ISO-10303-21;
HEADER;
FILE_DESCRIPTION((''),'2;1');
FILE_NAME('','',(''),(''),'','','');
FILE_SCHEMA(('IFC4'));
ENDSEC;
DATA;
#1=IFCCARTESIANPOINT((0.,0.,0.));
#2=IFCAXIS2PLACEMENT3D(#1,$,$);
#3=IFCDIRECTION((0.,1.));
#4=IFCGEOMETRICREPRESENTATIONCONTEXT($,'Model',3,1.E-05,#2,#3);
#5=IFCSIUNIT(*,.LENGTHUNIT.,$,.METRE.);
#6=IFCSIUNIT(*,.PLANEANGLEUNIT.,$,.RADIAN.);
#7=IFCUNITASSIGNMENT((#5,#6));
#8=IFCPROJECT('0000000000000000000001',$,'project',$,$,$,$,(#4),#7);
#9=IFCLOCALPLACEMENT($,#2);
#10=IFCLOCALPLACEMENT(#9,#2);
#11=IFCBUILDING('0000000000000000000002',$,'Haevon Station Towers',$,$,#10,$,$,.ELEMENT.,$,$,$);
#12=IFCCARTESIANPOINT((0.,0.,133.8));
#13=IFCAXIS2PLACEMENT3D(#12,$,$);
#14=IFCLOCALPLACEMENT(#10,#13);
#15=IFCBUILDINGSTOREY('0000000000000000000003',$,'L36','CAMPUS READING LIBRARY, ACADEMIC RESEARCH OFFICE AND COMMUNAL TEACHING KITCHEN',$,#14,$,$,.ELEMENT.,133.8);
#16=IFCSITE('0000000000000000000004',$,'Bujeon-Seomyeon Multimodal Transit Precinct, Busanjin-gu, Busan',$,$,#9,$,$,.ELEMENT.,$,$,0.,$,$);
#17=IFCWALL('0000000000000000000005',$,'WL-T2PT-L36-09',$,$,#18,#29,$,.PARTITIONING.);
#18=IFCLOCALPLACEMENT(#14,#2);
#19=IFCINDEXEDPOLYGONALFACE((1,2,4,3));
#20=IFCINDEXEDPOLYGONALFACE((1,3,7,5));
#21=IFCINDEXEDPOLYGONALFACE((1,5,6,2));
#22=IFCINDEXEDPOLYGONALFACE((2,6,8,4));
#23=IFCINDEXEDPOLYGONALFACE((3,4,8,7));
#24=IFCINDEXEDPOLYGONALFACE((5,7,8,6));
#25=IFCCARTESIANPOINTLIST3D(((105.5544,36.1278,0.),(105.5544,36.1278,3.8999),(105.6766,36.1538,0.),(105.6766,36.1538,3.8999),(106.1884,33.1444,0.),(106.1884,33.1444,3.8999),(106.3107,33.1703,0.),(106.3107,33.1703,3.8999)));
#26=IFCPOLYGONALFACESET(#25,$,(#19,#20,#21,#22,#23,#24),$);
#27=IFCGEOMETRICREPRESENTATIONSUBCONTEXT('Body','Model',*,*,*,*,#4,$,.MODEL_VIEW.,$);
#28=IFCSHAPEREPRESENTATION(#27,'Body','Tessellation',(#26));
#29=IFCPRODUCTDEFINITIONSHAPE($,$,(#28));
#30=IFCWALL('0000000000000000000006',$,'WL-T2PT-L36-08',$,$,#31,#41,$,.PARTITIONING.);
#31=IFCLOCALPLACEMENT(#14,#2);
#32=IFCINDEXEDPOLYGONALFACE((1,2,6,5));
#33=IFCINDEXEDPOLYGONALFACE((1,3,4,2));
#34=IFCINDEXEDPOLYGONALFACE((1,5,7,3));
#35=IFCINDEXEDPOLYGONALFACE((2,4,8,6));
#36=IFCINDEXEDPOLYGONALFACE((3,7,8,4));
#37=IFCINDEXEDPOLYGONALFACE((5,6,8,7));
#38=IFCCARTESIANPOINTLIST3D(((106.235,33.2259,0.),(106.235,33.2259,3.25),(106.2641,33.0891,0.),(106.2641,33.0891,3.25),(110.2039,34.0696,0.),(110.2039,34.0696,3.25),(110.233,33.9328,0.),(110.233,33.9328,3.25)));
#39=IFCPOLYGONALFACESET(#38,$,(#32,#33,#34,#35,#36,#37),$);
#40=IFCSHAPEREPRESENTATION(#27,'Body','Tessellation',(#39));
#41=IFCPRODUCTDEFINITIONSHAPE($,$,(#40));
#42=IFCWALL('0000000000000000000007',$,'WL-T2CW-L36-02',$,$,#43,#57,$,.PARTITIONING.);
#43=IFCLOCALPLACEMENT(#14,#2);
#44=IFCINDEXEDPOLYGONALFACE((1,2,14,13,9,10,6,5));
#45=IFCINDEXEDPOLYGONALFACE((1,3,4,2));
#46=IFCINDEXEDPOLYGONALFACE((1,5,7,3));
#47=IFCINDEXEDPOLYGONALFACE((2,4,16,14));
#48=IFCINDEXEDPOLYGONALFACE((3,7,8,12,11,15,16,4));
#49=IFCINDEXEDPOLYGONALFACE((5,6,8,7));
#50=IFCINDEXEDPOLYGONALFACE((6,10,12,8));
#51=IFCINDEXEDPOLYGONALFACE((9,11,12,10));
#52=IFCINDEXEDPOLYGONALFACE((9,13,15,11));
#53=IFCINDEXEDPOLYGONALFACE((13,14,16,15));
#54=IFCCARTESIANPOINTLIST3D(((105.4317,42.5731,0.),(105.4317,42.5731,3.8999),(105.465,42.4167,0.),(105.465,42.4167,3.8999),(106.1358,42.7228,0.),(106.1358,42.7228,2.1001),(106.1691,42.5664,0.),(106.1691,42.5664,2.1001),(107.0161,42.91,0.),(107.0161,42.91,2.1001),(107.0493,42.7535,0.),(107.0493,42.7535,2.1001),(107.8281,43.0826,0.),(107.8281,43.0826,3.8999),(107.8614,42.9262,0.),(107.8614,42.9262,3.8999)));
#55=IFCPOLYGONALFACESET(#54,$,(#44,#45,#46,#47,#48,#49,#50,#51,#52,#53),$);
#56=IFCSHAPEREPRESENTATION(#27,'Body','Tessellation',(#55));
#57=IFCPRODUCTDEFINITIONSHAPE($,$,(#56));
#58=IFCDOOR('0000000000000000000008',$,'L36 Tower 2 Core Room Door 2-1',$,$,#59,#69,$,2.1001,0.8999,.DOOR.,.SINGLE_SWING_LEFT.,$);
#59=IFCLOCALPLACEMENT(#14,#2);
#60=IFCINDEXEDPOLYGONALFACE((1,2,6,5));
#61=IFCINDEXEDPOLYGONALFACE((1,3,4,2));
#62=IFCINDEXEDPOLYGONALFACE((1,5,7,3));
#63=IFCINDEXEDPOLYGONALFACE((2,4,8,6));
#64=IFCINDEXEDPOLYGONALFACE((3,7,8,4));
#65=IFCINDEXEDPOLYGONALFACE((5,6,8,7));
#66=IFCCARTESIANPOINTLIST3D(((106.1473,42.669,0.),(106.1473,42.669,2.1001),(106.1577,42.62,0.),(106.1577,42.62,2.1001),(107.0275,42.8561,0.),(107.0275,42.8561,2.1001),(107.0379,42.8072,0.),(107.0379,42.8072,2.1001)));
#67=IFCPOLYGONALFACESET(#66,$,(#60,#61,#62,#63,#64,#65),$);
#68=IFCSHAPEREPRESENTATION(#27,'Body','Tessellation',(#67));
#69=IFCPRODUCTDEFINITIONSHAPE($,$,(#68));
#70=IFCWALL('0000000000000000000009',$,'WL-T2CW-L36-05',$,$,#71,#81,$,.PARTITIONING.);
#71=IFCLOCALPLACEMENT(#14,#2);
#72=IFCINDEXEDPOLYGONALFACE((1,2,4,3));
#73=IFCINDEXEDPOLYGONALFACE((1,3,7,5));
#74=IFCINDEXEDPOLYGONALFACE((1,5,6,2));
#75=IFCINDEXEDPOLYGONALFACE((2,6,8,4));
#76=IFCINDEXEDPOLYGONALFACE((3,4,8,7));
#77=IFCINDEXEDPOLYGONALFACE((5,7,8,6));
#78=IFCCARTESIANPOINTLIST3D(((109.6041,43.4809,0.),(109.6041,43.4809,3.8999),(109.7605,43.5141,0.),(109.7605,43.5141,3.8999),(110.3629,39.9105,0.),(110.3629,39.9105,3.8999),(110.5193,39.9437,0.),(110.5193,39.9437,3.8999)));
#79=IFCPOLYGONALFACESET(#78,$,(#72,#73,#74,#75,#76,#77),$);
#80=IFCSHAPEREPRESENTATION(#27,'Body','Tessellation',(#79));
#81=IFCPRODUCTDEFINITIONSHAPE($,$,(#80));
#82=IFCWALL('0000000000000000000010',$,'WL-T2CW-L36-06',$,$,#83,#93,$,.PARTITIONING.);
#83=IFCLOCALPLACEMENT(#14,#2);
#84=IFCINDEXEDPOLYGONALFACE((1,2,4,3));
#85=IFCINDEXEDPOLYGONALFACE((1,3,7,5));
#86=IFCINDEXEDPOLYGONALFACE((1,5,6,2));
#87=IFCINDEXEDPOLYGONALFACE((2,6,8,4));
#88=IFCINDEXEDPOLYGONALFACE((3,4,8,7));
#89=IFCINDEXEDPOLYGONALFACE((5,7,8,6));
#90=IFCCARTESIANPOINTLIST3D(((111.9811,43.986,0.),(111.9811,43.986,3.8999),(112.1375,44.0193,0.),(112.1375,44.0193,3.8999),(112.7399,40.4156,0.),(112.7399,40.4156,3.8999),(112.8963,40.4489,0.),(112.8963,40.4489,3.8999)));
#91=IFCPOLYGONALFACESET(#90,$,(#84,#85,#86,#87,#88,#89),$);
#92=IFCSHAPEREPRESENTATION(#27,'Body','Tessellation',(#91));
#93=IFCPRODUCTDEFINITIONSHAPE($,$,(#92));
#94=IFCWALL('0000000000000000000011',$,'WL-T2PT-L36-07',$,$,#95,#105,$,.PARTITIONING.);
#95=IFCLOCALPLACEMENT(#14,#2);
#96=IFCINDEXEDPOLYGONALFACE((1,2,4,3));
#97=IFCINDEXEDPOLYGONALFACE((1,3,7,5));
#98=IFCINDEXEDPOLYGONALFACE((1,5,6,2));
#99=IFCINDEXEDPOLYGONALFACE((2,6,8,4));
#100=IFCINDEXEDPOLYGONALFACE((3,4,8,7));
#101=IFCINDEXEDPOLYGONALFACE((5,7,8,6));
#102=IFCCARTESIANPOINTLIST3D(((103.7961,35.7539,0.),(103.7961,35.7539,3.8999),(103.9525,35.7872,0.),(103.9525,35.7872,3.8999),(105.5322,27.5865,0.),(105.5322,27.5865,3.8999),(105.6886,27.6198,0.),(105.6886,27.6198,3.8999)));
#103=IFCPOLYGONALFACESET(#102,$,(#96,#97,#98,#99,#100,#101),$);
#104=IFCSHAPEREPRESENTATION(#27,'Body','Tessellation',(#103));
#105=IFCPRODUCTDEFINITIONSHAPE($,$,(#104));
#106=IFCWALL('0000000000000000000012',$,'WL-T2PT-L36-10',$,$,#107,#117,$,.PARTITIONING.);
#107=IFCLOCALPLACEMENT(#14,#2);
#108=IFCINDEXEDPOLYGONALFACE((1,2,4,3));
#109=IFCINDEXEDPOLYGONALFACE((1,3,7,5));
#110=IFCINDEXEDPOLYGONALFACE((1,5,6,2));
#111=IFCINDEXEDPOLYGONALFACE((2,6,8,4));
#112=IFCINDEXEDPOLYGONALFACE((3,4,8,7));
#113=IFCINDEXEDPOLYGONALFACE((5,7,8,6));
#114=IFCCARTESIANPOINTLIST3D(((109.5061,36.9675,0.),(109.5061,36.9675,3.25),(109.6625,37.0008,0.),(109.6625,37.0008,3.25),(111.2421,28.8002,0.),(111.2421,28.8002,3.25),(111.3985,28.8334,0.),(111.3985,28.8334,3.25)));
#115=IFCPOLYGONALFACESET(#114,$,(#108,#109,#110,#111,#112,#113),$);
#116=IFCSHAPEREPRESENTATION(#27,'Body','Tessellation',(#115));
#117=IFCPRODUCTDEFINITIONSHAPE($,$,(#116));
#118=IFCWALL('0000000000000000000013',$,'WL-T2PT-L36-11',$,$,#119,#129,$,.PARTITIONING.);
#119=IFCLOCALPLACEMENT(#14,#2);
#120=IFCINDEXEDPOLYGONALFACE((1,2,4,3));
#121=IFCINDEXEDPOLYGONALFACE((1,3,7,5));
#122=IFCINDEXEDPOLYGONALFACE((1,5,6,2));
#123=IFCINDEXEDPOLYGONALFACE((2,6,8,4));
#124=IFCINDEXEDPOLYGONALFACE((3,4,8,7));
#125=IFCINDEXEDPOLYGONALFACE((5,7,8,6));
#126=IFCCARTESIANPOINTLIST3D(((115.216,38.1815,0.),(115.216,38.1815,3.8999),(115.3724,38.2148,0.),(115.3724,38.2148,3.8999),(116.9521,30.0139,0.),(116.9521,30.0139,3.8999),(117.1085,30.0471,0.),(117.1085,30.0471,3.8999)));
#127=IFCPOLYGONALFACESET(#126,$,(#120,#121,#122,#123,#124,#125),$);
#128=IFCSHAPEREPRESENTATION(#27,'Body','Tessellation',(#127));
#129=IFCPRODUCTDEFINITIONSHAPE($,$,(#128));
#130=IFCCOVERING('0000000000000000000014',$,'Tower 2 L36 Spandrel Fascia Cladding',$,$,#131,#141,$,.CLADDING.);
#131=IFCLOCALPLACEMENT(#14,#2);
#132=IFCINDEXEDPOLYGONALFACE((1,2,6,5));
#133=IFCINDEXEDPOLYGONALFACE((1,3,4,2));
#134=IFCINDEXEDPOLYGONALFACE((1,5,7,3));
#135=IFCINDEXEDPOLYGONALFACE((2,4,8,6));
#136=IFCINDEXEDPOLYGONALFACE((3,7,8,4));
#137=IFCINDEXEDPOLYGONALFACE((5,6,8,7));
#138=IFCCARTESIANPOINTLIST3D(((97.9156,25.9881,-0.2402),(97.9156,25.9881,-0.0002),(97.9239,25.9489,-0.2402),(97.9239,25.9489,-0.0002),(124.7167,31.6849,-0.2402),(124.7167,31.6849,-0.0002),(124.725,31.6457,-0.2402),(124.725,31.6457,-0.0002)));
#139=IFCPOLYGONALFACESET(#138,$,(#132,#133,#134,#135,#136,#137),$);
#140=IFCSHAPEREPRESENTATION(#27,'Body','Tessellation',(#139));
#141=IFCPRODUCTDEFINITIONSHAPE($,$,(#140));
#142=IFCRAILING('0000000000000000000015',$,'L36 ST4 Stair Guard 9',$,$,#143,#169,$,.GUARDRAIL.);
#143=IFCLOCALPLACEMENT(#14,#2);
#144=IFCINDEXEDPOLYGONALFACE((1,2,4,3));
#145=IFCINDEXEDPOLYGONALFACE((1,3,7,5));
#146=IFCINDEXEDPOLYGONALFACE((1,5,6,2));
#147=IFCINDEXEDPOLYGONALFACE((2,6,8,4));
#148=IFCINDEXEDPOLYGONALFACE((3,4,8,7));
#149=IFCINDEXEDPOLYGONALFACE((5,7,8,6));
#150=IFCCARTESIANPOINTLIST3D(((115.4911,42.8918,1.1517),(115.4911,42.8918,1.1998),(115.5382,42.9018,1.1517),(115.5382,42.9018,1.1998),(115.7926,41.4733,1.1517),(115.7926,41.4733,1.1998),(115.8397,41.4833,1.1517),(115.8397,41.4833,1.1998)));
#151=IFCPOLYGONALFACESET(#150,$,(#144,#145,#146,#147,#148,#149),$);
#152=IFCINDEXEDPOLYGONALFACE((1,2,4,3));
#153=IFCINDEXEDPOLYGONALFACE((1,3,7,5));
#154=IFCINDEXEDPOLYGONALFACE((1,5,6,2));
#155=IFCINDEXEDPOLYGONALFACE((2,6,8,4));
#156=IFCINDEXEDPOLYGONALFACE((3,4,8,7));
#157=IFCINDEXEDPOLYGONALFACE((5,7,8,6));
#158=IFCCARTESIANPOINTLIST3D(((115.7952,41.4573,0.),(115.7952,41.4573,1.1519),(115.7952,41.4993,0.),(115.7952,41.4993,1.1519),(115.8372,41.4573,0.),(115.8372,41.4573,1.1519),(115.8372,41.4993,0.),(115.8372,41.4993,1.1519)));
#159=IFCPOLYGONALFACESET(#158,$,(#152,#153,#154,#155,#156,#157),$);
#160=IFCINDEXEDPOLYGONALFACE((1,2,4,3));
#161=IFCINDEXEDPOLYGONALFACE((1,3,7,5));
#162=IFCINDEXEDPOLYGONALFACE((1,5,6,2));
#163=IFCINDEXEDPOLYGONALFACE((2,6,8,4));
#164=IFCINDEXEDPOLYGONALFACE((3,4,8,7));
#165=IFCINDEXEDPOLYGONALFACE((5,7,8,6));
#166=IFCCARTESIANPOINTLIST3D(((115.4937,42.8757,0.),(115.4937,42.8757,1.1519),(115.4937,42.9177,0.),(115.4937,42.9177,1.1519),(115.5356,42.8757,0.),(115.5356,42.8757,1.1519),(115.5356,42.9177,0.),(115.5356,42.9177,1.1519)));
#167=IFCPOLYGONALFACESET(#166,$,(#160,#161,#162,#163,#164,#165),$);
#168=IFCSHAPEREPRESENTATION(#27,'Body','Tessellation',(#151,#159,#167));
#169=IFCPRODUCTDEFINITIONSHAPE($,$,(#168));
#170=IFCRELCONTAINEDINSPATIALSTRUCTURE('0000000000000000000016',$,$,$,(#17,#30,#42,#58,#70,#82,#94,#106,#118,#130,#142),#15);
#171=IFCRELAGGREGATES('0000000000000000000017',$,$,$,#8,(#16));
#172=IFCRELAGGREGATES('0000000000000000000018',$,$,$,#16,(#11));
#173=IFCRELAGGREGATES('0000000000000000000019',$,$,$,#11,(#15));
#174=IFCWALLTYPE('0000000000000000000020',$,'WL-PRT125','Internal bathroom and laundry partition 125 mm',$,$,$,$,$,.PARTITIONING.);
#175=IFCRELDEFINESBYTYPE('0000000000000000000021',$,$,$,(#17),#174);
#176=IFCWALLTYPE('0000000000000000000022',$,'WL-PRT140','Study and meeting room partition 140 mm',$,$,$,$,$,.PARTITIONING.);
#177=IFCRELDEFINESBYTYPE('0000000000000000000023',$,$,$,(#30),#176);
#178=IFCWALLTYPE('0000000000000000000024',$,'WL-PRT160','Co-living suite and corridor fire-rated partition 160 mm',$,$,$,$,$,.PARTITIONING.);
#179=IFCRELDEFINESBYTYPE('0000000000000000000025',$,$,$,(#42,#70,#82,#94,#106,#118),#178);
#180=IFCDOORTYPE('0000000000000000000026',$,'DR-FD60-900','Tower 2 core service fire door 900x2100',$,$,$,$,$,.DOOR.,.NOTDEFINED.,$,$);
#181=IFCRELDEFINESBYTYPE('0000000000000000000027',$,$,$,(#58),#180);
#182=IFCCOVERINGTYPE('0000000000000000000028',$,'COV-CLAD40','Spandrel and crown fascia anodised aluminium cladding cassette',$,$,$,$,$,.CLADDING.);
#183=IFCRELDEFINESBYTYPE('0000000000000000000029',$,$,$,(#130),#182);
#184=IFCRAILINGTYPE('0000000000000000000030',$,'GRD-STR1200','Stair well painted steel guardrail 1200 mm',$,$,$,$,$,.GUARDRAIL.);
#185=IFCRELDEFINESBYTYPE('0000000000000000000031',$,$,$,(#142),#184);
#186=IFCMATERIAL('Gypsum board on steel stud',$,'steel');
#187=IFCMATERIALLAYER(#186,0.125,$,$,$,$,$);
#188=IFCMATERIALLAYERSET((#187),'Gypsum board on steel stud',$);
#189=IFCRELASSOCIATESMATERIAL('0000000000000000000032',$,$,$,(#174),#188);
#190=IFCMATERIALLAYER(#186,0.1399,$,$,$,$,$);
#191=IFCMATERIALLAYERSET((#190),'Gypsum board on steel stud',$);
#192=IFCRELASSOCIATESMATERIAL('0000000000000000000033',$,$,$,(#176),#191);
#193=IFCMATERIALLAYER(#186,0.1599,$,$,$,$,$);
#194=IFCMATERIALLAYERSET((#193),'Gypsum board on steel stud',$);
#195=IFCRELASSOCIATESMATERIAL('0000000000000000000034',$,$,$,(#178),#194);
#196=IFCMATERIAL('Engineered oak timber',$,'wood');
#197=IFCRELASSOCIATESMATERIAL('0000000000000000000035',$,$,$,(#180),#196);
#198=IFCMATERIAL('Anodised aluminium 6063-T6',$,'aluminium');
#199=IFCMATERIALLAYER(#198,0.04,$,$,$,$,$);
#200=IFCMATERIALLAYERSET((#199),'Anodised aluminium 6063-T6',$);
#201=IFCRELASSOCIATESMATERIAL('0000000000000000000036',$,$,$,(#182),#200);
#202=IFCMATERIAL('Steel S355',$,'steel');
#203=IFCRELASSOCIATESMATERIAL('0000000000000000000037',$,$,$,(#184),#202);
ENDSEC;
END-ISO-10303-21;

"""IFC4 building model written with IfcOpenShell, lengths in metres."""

from ifc_helpers import new_model, si_unit, direction, frame, frame_2d, origin, origin_2d, place, context, subcontext, project, spatial, rectangle, extrude, material, layer, layer_set, type_object, element, fill, save


model = new_model("IFC4")

# Units and contexts
model_context = context("Model", 3, precision=1e-05, world=origin(), true_north=direction((0.0, 1.0)))
body_context = subcontext(model_context, "Body", "Model", "MODEL_VIEW")
ifc_project = project(units=[si_unit("LENGTHUNIT", "METRE"), si_unit("PLANEANGLEUNIT", "RADIAN")], contexts=[model_context])

# Site, building, storey
site_placement = place(None, origin())
site = spatial("IfcSite", under=ifc_project, at=site_placement, Name="Bujeon-Seomyeon Multimodal Transit Precinct, Busanjin-gu, Busan", CompositionType="ELEMENT", RefElevation=0.0)
building_placement = place(site_placement, origin())
building = spatial("IfcBuilding", under=site, at=building_placement, Name="Haevon Station Towers", CompositionType="ELEMENT")
storey_placement = place(building_placement, frame((0.0, 0.0, 133.8)))
storey = spatial("IfcBuildingStorey", under=building, at=storey_placement, Name="L36", Description="CAMPUS READING LIBRARY, ACADEMIC RESEARCH OFFICE AND COMMUNAL TEACHING KITCHEN", CompositionType="ELEMENT", Elevation=133.8)

# Shared definitions
ifc_material_1 = material(Name="Steel S355", Category="steel")

# Shared definitions
ifc_material_2 = material(Name="Gypsum board on steel stud", Category="steel")
ifc_material_3 = material(Name="Engineered oak timber", Category="wood")

# Walls
ifc_layer_1 = layer(ifc_material_2, 0.125)
ifc_layer_set_1 = layer_set([ifc_layer_1], Name="Gypsum board on steel stud")
wall_type_1 = type_object("IfcWallType", Name="WL-PRT125", Description="Internal bathroom and laundry partition 125 mm", PredefinedType="PARTITIONING", material=ifc_layer_set_1)
wall_1_placement = place(storey_placement, frame((106.2495, 33.1575, 0.0), z_axis=(0.0, 0.0, 1.0), x_axis=(-0.207878, 0.978155, 0.0)))
element("IfcWall", 1, at=wall_1_placement, inside=storey, type_object=wall_type_1, Name="WL-T2PT-L36-09", PredefinedType="PARTITIONING", context=body_context, shape_type="SweptSolid", body=[
    extrude(rectangle(XDim=3.05, YDim=0.125, at=frame_2d((1.5249, 0.0))), origin(), (0.0, 0.0, 1.0), 3.8999),
])
ifc_layer_2 = layer(ifc_material_2, 0.1399)
ifc_layer_set_2 = layer_set([ifc_layer_2], Name="Gypsum board on steel stud")
wall_type_2 = type_object("IfcWallType", Name="WL-PRT140", Description="Study and meeting room partition 140 mm", PredefinedType="PARTITIONING", material=ifc_layer_set_2)
wall_2_placement = place(storey_placement, frame((106.2495, 33.1575, 0.0), z_axis=(0.0, 0.0, 1.0), x_axis=(0.978142, 0.207939, 0.0)))
element("IfcWall", 2, at=wall_2_placement, inside=storey, type_object=wall_type_2, Name="WL-T2PT-L36-08", PredefinedType="PARTITIONING", context=body_context, shape_type="SweptSolid", body=[
    extrude(rectangle(XDim=4.0576, YDim=0.1399, at=frame_2d((2.0288, 0.0))), origin(), (0.0, 0.0, 1.0), 3.25),
])

# Wall, opening, door
ifc_layer_3 = layer(ifc_material_2, 0.1599)
ifc_layer_set_3 = layer_set([ifc_layer_3], Name="Gypsum board on steel stud")
wall_type_3 = type_object("IfcWallType", Name="WL-PRT160", Description="Co-living suite and corridor fire-rated partition 160 mm", PredefinedType="PARTITIONING", material=ifc_layer_set_3)
wall_3_placement = place(storey_placement, frame((105.4482, 42.4949, 0.0), z_axis=(0.0, 0.0, 1.0), x_axis=(0.978137, 0.207964, 0.0)))
wall_3 = element("IfcWall", 3, at=wall_3_placement, inside=storey, type_object=wall_type_3, Name="WL-T2CW-L36-02", PredefinedType="PARTITIONING", context=body_context, shape_type="SweptSolid", body=[
    extrude(rectangle(XDim=2.45, YDim=0.1599, at=frame_2d((1.2251, 0.0))), origin(), (0.0, 0.0, 1.0), 3.8999),
])
opening_1_placement = place(wall_3_placement, frame((0.72, 0.0, 0.0)))
opening_1 = element("IfcOpeningElement", 4, at=opening_1_placement, cuts=wall_3, PredefinedType="OPENING", context=body_context, shape_type="SweptSolid", body=[
    extrude(rectangle(XDim=0.8999, YDim=2.1001, at=frame_2d((0.45, 1.05))), frame((0.0, 0.0898, 0.0), z_axis=(0.0, -1.0, 0.0), x_axis=(1.0, 0.0, 0.0)), (0.0, 0.0, 1.0), 0.1799),
])
door_type_1 = type_object("IfcDoorType", Name="DR-FD60-900", Description="Tower 2 core service fire door 900x2100", OperationType="NOTDEFINED", PredefinedType="DOOR", material=ifc_material_3)
door_1_placement = place(opening_1_placement, origin())
door_1 = element("IfcDoor", 5, at=door_1_placement, inside=storey, type_object=door_type_1, Name="L36 Tower 2 Core Room Door 2-1", OperationType="SINGLE_SWING_LEFT", OverallHeight=2.1001, OverallWidth=0.8999, PredefinedType="DOOR", context=body_context, shape_type="SweptSolid", body=[
    extrude(rectangle(XDim=0.8999, YDim=2.1001, at=frame_2d((0.45, 1.05))), frame((0.0, 0.0249, 0.0), z_axis=(0.0, -1.0, 0.0), x_axis=(1.0, 0.0, 0.0)), (0.0, 0.0, 1.0), 0.05),
])
fill(opening_1, door_1)

# Walls
for number, where, z_axis, x_axis, name in (
    (6, (110.4412, 39.927, 0.0), (0.0, 0.0, 1.0), (-0.207884, 0.978153, 0.0), "WL-T2CW-L36-05"),
    (7, (112.8181, 40.4321, 0.0), (0.0, 0.0, 1.0), (-0.207884, 0.978153, 0.0), "WL-T2CW-L36-06"),
):
    element("IfcWall", number, at=place(storey_placement, frame(where, z_axis=z_axis, x_axis=x_axis)), inside=storey, type_object=wall_type_3, Name=name, PredefinedType="PARTITIONING", context=body_context, shape_type="SweptSolid", body=[
        extrude(rectangle(XDim=3.6501, YDim=0.1599, at=frame_2d((1.8252, 0.0))), origin(), (0.0, 0.0, 1.0), 3.8999),
    ])
wall_4_placement = place(storey_placement, frame((105.6104, 27.6033, 0.0), z_axis=(0.0, 0.0, 1.0), x_axis=(-0.207915, 0.978147, 0.0)))
element("IfcWall", 8, at=wall_4_placement, inside=storey, type_object=wall_type_3, Name="WL-T2PT-L36-07", PredefinedType="PARTITIONING", context=body_context, shape_type="SweptSolid", body=[
    extrude(rectangle(XDim=8.3499, YDim=0.1599, at=frame_2d((4.1748, 0.0))), origin(), (0.0, 0.0, 1.0), 3.8999),
])
wall_5_placement = place(storey_placement, frame((111.3203, 28.8169, 0.0), z_axis=(0.0, 0.0, 1.0), x_axis=(-0.207915, 0.978147, 0.0)))
element("IfcWall", 9, at=wall_5_placement, inside=storey, type_object=wall_type_3, Name="WL-T2PT-L36-10", PredefinedType="PARTITIONING", context=body_context, shape_type="SweptSolid", body=[
    extrude(rectangle(XDim=8.3499, YDim=0.1599, at=frame_2d((4.1748, 0.0))), origin(), (0.0, 0.0, 1.0), 3.25),
])
wall_6_placement = place(storey_placement, frame((117.0303, 30.0305, 0.0), z_axis=(0.0, 0.0, 1.0), x_axis=(-0.207909, 0.978148, 0.0)))
element("IfcWall", 10, at=wall_6_placement, inside=storey, type_object=wall_type_3, Name="WL-T2PT-L36-11", PredefinedType="PARTITIONING", context=body_context, shape_type="SweptSolid", body=[
    extrude(rectangle(XDim=8.3501, YDim=0.1599, at=frame_2d((4.175, 0.0))), origin(), (0.0, 0.0, 1.0), 3.8999),
])

# Covering
ifc_material_4 = material(Name="Anodised aluminium 6063-T6", Category="aluminium")
ifc_layer_4 = layer(ifc_material_4, 0.04)
ifc_layer_set_4 = layer_set([ifc_layer_4], Name="Anodised aluminium 6063-T6")
covering_type_1 = type_object("IfcCoveringType", Name="COV-CLAD40", Description="Spandrel and crown fascia anodised aluminium cladding cassette", PredefinedType="CLADDING", material=ifc_layer_set_4)
covering_1_placement = place(storey_placement, frame((111.3203, 28.8169, -0.2402), z_axis=(0.0, 0.0, 1.0), x_axis=(0.978148, 0.207912, 0.0)))
element("IfcCovering", 11, at=covering_1_placement, inside=storey, type_object=covering_type_1, Name="Tower 2 L36 Spandrel Fascia Cladding", PredefinedType="CLADDING", context=body_context, shape_type="SweptSolid", body=[
    extrude(rectangle(XDim=27.3999, YDim=0.04, at=origin_2d()), origin(), (0.0, 0.0, 1.0), 0.24),
])

# Railing
railing_type = type_object("IfcRailingType", Name="GRD-STR1200", Description="Stair well painted steel guardrail 1200 mm", PredefinedType="GUARDRAIL", material=ifc_material_1)
railing_1_placement = place(storey_placement, frame((115.8162, 41.4783, 0.0)))
element("IfcRailing", 12, at=railing_1_placement, inside=storey, type_object=railing_type, Name="L36 ST4 Stair Guard 9", PredefinedType="GUARDRAIL", context=body_context, shape_type="SweptSolid", body=[
    extrude(rectangle(XDim=0.0481, YDim=0.0481, at=origin_2d()), frame((0.0, 0.0, 1.1758), z_axis=(-0.207919, 0.978146, 0.0), x_axis=(-0.978146, -0.207919, 0.0)), (0.0, 0.0, 1.0), 1.4502),
    extrude(rectangle(XDim=0.042, YDim=0.042, at=origin_2d()), origin(), (0.0, 0.0, 1.0), 1.1519),
    extrude(rectangle(XDim=0.042, YDim=0.042, at=origin_2d()), frame((-0.3015, 1.4185, 0.0)), (0.0, 0.0, 1.0), 1.1519),
])

save(model, "model.ifc")
